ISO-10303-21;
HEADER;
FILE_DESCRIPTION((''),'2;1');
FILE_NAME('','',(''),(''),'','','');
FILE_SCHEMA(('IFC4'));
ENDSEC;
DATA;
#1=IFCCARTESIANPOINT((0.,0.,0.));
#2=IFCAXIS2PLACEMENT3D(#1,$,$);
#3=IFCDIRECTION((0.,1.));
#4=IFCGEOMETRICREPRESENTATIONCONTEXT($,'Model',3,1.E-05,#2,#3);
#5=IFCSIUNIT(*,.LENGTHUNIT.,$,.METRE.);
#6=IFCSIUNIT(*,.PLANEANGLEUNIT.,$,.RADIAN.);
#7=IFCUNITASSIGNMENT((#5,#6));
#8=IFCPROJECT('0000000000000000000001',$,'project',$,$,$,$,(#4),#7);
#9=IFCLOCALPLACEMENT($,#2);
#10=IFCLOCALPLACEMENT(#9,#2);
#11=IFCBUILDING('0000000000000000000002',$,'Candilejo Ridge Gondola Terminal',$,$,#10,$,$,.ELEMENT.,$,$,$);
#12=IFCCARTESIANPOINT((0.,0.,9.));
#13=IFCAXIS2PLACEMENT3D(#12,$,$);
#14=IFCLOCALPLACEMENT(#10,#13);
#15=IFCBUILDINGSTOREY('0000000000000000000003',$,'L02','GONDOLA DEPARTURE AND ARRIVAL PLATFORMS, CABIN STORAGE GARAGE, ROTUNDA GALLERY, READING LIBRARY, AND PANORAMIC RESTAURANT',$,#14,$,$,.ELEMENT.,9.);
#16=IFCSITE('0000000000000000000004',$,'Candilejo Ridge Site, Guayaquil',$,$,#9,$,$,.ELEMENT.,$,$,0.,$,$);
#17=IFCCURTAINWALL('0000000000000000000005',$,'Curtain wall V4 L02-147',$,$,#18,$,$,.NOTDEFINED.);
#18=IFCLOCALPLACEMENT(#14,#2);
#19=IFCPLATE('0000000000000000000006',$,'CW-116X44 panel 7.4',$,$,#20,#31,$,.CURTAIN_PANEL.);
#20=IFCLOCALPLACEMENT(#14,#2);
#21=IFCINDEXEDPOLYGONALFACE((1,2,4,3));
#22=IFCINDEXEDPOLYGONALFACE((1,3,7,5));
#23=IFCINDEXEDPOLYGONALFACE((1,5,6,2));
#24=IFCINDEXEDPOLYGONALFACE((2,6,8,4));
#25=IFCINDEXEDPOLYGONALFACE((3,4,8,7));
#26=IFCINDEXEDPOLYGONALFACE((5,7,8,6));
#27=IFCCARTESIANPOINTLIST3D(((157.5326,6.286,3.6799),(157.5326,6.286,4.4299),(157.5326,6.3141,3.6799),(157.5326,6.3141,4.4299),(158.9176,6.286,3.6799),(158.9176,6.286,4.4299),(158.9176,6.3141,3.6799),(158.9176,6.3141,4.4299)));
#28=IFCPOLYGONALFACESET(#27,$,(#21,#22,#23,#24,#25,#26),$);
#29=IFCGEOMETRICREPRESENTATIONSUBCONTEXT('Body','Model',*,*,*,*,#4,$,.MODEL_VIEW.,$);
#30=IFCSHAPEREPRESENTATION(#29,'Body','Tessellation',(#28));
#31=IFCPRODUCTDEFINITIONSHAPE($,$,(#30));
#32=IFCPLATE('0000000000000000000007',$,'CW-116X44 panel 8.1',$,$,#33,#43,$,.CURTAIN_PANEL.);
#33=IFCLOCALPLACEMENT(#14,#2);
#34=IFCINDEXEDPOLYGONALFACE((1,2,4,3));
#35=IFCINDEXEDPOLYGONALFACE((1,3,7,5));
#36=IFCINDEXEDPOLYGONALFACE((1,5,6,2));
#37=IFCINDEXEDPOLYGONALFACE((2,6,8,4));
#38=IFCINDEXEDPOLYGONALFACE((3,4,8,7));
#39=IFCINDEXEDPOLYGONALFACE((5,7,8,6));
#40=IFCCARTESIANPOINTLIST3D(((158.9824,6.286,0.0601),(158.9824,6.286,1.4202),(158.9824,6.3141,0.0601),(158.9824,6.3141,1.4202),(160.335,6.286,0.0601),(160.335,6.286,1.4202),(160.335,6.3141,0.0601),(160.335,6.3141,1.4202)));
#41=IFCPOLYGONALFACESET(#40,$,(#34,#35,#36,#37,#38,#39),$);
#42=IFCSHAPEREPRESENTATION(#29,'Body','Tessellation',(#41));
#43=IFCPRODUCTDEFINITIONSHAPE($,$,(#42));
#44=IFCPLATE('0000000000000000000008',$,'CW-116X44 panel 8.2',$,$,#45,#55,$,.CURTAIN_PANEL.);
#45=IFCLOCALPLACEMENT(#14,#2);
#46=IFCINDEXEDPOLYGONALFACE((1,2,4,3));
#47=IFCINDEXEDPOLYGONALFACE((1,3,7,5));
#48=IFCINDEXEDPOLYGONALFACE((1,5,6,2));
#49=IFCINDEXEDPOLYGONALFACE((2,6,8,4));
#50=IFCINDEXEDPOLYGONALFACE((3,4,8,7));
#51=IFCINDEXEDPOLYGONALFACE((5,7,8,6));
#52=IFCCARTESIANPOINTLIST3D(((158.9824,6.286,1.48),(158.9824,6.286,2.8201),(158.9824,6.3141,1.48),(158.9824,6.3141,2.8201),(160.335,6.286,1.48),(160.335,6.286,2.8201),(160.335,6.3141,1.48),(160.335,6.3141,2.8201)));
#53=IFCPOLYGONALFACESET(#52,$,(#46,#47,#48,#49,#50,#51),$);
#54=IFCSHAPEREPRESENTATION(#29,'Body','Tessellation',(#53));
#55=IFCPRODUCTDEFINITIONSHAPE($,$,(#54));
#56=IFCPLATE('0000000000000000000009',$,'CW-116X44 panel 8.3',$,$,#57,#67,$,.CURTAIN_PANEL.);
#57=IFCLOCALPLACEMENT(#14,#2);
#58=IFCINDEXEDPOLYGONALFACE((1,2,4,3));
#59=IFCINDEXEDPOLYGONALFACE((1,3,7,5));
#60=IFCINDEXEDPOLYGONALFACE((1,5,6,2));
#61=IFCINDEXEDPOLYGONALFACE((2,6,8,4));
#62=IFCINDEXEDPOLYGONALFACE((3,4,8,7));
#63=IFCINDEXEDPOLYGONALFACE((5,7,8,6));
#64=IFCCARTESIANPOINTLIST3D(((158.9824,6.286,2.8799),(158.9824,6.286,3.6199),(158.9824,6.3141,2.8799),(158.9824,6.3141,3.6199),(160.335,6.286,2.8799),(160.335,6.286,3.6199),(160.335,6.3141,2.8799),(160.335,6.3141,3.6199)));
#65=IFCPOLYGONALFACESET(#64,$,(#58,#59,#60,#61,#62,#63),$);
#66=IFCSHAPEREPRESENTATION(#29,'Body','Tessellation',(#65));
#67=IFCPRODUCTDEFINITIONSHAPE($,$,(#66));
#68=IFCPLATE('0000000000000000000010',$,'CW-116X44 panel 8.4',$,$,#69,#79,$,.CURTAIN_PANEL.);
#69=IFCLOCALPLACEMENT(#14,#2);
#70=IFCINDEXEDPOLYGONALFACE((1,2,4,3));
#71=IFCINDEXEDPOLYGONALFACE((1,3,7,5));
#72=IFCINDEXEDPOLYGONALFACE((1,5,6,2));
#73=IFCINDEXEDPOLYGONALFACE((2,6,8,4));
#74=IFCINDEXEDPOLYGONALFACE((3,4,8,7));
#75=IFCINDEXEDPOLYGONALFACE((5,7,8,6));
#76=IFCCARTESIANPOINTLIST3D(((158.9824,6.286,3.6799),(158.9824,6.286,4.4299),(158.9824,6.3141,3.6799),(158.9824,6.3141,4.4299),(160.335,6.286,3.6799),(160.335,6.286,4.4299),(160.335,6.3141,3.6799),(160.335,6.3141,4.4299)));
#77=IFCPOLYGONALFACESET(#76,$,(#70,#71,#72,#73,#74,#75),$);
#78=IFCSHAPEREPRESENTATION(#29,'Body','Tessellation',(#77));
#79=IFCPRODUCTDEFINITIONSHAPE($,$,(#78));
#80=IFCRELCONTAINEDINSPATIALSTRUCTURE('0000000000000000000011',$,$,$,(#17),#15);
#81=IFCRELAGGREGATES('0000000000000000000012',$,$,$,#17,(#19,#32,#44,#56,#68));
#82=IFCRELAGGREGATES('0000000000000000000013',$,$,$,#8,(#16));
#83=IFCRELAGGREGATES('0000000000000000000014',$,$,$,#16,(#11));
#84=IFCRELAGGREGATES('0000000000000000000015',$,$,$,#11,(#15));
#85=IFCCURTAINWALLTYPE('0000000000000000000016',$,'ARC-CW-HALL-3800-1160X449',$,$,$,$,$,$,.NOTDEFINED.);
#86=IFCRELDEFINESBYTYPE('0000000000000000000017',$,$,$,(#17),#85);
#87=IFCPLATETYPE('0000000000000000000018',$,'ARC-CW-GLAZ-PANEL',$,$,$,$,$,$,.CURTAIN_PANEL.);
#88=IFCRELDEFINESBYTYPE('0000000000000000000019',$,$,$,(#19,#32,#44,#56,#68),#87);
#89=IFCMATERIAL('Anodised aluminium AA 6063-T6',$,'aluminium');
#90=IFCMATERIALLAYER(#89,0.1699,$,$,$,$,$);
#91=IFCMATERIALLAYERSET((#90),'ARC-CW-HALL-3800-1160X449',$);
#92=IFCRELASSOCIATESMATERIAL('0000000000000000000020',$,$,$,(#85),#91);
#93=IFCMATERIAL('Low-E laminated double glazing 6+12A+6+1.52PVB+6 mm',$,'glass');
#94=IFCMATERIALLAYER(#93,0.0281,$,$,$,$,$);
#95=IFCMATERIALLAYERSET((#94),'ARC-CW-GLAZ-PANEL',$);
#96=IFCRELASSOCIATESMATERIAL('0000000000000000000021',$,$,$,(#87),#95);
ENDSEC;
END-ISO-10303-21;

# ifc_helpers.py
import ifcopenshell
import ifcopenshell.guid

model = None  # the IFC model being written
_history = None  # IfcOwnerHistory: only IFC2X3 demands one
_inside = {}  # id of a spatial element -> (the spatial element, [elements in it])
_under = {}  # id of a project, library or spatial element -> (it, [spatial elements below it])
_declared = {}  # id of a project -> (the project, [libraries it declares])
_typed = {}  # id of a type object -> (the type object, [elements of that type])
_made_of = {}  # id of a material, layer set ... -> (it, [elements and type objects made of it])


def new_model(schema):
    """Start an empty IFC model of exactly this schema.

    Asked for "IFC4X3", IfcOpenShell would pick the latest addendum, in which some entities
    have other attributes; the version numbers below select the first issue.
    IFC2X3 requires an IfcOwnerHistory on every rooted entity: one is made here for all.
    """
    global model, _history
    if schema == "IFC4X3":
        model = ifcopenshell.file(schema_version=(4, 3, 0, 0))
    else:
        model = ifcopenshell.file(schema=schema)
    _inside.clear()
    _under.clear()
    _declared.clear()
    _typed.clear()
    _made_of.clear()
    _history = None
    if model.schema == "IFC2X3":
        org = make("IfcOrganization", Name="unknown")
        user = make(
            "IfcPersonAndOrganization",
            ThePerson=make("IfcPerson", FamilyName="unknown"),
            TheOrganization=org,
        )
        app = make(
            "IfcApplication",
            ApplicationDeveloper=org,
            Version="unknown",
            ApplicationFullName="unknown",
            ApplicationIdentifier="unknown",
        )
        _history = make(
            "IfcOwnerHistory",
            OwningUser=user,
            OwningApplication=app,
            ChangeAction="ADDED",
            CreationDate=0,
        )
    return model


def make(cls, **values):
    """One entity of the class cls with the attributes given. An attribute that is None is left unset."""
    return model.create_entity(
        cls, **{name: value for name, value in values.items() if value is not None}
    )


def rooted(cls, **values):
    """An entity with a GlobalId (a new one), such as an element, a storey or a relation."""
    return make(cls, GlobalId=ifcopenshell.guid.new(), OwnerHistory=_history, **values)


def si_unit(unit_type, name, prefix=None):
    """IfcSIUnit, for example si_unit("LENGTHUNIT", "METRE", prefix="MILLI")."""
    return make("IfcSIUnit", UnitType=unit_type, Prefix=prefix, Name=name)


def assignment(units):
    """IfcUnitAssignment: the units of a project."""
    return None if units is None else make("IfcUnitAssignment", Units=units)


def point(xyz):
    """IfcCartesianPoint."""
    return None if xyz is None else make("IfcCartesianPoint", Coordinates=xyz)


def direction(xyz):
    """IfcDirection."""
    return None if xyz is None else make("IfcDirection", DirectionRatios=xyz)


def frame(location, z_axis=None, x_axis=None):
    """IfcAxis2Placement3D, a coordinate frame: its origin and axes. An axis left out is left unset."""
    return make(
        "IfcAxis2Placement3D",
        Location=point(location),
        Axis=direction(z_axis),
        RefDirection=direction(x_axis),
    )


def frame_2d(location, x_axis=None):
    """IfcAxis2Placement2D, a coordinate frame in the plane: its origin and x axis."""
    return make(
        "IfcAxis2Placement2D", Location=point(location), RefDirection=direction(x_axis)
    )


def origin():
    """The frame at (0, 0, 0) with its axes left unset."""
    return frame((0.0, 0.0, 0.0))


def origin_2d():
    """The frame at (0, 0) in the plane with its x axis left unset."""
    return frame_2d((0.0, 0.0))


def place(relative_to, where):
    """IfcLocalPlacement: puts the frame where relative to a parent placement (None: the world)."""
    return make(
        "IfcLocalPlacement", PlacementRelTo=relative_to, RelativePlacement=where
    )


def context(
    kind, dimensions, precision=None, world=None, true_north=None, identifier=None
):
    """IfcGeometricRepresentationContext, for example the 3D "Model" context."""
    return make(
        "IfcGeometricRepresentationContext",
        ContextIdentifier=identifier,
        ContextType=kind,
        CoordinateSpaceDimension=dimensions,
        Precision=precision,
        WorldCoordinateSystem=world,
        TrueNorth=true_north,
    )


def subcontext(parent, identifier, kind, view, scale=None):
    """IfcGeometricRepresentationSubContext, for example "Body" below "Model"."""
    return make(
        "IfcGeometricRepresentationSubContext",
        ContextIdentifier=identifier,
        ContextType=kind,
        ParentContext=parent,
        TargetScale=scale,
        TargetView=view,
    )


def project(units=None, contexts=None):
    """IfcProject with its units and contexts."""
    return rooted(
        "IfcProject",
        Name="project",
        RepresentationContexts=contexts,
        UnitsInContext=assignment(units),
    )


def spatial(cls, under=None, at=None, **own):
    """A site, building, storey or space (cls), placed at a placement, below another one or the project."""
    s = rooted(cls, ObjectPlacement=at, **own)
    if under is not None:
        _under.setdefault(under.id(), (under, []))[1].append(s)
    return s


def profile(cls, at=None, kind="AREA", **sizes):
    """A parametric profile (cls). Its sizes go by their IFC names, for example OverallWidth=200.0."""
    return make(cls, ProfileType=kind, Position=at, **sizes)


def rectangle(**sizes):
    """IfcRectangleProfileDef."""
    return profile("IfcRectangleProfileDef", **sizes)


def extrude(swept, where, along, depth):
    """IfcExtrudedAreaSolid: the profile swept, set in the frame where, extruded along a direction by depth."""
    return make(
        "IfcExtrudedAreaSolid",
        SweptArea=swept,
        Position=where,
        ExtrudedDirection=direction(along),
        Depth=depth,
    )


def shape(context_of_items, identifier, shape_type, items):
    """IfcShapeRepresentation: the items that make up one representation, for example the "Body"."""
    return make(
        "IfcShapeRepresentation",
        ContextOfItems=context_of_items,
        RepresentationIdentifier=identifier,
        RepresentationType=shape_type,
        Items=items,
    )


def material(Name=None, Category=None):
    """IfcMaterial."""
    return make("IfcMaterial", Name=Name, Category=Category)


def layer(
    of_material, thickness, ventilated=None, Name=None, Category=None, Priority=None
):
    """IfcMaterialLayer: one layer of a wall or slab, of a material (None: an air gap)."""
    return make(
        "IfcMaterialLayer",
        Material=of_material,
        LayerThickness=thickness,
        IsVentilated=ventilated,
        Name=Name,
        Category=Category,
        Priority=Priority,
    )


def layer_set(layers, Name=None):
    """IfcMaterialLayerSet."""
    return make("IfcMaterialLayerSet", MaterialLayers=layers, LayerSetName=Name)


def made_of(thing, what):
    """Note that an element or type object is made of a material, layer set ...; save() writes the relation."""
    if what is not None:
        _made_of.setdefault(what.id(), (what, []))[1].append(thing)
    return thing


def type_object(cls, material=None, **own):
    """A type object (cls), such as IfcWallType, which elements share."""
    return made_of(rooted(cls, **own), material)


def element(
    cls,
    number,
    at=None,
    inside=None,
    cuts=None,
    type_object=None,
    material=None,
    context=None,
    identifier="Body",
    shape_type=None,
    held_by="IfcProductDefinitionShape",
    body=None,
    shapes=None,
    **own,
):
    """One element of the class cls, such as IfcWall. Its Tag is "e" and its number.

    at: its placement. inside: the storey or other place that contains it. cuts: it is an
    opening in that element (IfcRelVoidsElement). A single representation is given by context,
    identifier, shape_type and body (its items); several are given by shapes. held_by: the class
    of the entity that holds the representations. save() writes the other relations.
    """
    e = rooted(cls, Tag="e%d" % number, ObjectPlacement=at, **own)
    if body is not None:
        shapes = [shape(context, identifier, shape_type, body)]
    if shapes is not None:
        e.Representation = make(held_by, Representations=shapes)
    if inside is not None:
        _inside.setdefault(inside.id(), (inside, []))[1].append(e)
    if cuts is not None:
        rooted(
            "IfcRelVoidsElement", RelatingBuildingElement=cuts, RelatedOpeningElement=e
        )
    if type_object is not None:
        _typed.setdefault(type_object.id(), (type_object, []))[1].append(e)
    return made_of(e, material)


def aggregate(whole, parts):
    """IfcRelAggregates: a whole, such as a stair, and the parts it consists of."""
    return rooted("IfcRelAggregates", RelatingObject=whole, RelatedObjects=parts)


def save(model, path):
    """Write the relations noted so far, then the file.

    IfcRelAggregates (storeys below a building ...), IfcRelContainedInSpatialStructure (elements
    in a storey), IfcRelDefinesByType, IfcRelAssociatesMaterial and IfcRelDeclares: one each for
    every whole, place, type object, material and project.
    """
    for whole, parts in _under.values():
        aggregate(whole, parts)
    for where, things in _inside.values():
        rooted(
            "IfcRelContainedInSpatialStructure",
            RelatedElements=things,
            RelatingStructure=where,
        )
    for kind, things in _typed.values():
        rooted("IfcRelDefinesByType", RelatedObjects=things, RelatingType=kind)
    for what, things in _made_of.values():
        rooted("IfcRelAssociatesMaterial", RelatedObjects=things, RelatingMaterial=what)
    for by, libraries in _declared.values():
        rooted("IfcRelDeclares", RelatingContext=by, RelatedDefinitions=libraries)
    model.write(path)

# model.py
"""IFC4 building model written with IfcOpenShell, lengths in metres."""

from ifc_helpers import new_model, si_unit, direction, frame, origin, origin_2d, place, context, subcontext, project, spatial, rectangle, extrude, material, layer, layer_set, type_object, element, aggregate, save


model = new_model("IFC4")

# Units and contexts
model_context = context("Model", 3, precision=1e-05, world=origin(), true_north=direction((0.0, 1.0)))
body_context = subcontext(model_context, "Body", "Model", "MODEL_VIEW")
ifc_project = project(units=[si_unit("LENGTHUNIT", "METRE"), si_unit("PLANEANGLEUNIT", "RADIAN")], contexts=[model_context])

# Site, building, storey
site_placement = place(None, origin())
site = spatial("IfcSite", under=ifc_project, at=site_placement, Name="Candilejo Ridge Site, Guayaquil", CompositionType="ELEMENT", RefElevation=0.0)
building_placement = place(site_placement, origin())
building = spatial("IfcBuilding", under=site, at=building_placement, Name="Candilejo Ridge Gondola Terminal", CompositionType="ELEMENT")
storey_placement = place(building_placement, frame((0.0, 0.0, 9.0)))
storey = spatial("IfcBuildingStorey", under=building, at=storey_placement, Name="L02", Description="GONDOLA DEPARTURE AND ARRIVAL PLATFORMS, CABIN STORAGE GARAGE, ROTUNDA GALLERY, READING LIBRARY, AND PANORAMIC RESTAURANT", CompositionType="ELEMENT", Elevation=9.0)

# Curtain wall, plates
ifc_material_1 = material(Name="Anodised aluminium AA 6063-T6", Category="aluminium")
ifc_layer_1 = layer(ifc_material_1, 0.1699)
ifc_layer_set_1 = layer_set([ifc_layer_1], Name="ARC-CW-HALL-3800-1160X449")
curtain_wall_type = type_object("IfcCurtainWallType", Name="ARC-CW-HALL-3800-1160X449", PredefinedType="NOTDEFINED", material=ifc_layer_set_1)
curtain_wall_placement = place(storey_placement, origin())
curtain_wall = element("IfcCurtainWall", 1, at=curtain_wall_placement, inside=storey, type_object=curtain_wall_type, Name="Curtain wall V4 L02-147", PredefinedType="NOTDEFINED")
ifc_material_2 = material(Name="Low-E laminated double glazing 6+12A+6+1.52PVB+6 mm", Category="glass")
ifc_layer_2 = layer(ifc_material_2, 0.0281)
ifc_layer_set_2 = layer_set([ifc_layer_2], Name="ARC-CW-GLAZ-PANEL")
plate_type = type_object("IfcPlateType", Name="ARC-CW-GLAZ-PANEL", PredefinedType="CURTAIN_PANEL", material=ifc_layer_set_2)
plate_1_placement = place(storey_placement, frame((158.2251, 6.3, 3.6799), z_axis=(0.0, 0.0, 1.0), x_axis=(1.0, 0.0, 0.0)))
plate_1 = element("IfcPlate", 2, at=plate_1_placement, type_object=plate_type, Name="CW-116X44 panel 7.4", PredefinedType="CURTAIN_PANEL", context=body_context, shape_type="SweptSolid", body=[
    extrude(rectangle(XDim=1.385, YDim=0.0281, at=origin_2d()), origin(), (0.0, 0.0, 1.0), 0.75),
])
plate_2_placement = place(storey_placement, frame((159.6587, 6.3, 0.0601), z_axis=(0.0, 0.0, 1.0), x_axis=(1.0, 0.0, 0.0)))
plate_2 = element("IfcPlate", 3, at=plate_2_placement, type_object=plate_type, Name="CW-116X44 panel 8.1", PredefinedType="CURTAIN_PANEL", context=body_context, shape_type="SweptSolid", body=[
    extrude(rectangle(XDim=1.3525, YDim=0.0281, at=origin_2d()), origin(), (0.0, 0.0, 1.0), 1.3601),
])
plate_3_placement = place(storey_placement, frame((159.6587, 6.3, 1.48), z_axis=(0.0, 0.0, 1.0), x_axis=(1.0, 0.0, 0.0)))
plate_3 = element("IfcPlate", 4, at=plate_3_placement, type_object=plate_type, Name="CW-116X44 panel 8.2", PredefinedType="CURTAIN_PANEL", context=body_context, shape_type="SweptSolid", body=[
    extrude(rectangle(XDim=1.3525, YDim=0.0281, at=origin_2d()), origin(), (0.0, 0.0, 1.0), 1.3401),
])
plate_4_placement = place(storey_placement, frame((159.6587, 6.3, 2.8799), z_axis=(0.0, 0.0, 1.0), x_axis=(1.0, 0.0, 0.0)))
plate_4 = element("IfcPlate", 5, at=plate_4_placement, type_object=plate_type, Name="CW-116X44 panel 8.3", PredefinedType="CURTAIN_PANEL", context=body_context, shape_type="SweptSolid", body=[
    extrude(rectangle(XDim=1.3525, YDim=0.0281, at=origin_2d()), origin(), (0.0, 0.0, 1.0), 0.74),
])
plate_5_placement = place(storey_placement, frame((159.6587, 6.3, 3.6799), z_axis=(0.0, 0.0, 1.0), x_axis=(1.0, 0.0, 0.0)))
plate_5 = element("IfcPlate", 6, at=plate_5_placement, type_object=plate_type, Name="CW-116X44 panel 8.4", PredefinedType="CURTAIN_PANEL", context=body_context, shape_type="SweptSolid", body=[
    extrude(rectangle(XDim=1.3525, YDim=0.0281, at=origin_2d()), origin(), (0.0, 0.0, 1.0), 0.75),
])
aggregate(curtain_wall, [plate_1, plate_2, plate_3, plate_4, plate_5])

save(model, "model.ifc")
